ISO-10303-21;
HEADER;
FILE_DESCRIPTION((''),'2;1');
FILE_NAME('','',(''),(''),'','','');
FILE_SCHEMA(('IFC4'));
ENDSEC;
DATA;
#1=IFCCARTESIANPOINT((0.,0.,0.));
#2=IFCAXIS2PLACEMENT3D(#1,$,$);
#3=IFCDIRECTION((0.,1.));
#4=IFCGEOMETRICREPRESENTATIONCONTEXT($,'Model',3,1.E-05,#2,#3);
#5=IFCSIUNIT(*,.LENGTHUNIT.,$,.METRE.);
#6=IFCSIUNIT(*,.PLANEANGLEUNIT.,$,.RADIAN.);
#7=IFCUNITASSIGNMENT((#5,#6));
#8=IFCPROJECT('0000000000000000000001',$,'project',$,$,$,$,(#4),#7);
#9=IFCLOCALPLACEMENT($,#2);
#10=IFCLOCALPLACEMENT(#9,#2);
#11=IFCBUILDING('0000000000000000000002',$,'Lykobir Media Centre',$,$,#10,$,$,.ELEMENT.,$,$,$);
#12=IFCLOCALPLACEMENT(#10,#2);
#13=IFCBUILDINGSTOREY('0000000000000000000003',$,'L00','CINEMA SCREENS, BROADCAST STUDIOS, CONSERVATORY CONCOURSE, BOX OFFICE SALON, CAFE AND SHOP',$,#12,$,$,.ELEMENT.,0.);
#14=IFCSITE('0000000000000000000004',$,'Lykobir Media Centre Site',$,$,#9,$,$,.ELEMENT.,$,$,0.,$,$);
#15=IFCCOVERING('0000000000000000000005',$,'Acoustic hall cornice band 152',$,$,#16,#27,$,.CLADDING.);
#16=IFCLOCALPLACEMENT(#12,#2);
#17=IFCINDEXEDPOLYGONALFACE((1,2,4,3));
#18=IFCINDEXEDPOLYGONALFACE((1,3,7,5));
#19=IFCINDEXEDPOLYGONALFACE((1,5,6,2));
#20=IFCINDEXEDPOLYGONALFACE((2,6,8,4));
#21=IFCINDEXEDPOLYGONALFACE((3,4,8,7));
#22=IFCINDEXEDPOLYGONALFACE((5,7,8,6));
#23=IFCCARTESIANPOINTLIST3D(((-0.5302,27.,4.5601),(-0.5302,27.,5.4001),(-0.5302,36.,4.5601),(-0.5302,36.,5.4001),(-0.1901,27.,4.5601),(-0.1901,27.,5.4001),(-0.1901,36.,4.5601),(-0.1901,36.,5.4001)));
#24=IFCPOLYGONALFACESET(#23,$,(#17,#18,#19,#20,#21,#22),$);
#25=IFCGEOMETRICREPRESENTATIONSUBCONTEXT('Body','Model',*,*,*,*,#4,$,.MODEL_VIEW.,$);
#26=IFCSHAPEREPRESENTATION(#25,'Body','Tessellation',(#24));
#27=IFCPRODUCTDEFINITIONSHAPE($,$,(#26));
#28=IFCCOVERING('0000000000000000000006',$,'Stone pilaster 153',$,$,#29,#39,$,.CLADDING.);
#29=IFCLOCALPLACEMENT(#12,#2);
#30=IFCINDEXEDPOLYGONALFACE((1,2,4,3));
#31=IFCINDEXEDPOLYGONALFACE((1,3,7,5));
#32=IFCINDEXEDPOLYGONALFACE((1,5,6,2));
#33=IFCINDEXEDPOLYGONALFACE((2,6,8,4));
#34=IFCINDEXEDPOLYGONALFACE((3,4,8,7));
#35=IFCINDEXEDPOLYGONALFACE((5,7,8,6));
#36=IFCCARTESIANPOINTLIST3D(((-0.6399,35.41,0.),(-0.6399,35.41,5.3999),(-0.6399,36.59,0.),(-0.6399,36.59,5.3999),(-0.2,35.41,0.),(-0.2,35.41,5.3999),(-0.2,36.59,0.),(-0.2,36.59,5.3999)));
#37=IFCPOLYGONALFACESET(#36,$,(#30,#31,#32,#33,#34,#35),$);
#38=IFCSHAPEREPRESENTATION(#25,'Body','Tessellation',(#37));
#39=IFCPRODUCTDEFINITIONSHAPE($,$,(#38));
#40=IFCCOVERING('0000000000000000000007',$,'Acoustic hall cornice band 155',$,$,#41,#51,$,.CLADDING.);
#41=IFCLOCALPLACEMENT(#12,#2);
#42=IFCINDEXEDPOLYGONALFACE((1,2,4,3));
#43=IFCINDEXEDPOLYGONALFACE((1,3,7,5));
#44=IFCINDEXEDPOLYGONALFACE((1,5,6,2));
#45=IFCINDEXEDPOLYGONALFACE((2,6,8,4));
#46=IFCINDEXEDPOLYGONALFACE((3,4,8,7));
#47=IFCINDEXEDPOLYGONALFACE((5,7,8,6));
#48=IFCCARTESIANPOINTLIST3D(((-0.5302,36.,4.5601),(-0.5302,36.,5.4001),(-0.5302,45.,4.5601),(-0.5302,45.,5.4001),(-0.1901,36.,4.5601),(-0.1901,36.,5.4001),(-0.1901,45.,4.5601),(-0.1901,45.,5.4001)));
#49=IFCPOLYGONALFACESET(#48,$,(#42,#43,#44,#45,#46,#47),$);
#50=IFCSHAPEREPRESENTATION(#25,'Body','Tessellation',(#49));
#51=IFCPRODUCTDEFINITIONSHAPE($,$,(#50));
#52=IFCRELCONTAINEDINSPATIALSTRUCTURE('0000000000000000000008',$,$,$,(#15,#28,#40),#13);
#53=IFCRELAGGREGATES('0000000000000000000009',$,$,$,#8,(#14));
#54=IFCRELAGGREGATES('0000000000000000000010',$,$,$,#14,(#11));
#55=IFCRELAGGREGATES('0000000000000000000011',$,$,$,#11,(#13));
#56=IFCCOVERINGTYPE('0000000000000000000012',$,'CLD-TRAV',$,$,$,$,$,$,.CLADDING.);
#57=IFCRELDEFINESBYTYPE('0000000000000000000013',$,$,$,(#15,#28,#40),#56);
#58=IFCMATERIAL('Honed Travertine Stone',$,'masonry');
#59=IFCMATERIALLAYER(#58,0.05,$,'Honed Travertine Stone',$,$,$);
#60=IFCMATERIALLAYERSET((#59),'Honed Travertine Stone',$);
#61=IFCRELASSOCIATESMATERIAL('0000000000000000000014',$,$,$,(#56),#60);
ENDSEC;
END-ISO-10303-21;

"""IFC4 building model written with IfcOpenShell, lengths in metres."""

from ifc_helpers import new_model, si_unit, direction, frame, origin, origin_2d, place, context, subcontext, project, spatial, rectangle, extrude, material, layer, layer_set, type_object, element, save


model = new_model("IFC4")

# Units and contexts
model_context = context("Model", 3, precision=1e-05, world=origin(), true_north=direction((0.0, 1.0)))
body_context = subcontext(model_context, "Body", "Model", "MODEL_VIEW")
ifc_project = project(units=[si_unit("LENGTHUNIT", "METRE"), si_unit("PLANEANGLEUNIT", "RADIAN")], contexts=[model_context])

# Site, building, storey
site_placement = place(None, origin())
site = spatial("IfcSite", under=ifc_project, at=site_placement, Name="Lykobir Media Centre Site", CompositionType="ELEMENT", RefElevation=0.0)
building_placement = place(site_placement, origin())
building = spatial("IfcBuilding", under=site, at=building_placement, Name="Lykobir Media Centre", CompositionType="ELEMENT")
storey_placement = place(building_placement, origin())
storey = spatial("IfcBuildingStorey", under=building, at=storey_placement, Name="L00", Description="CINEMA SCREENS, BROADCAST STUDIOS, CONSERVATORY CONCOURSE, BOX OFFICE SALON, CAFE AND SHOP", CompositionType="ELEMENT", Elevation=0.0)

# Coverings
ifc_material_1 = material(Name="Honed Travertine Stone", Category="masonry")
ifc_layer_1 = layer(ifc_material_1, 0.05, Name="Honed Travertine Stone")
ifc_layer_set_1 = layer_set([ifc_layer_1], Name="Honed Travertine Stone")
covering_type = type_object("IfcCoveringType", Name="CLD-TRAV", PredefinedType="CLADDING", material=ifc_layer_set_1)
covering_1_placement = place(storey_placement, frame((-0.3601, 31.5, 4.5601), z_axis=(0.0, 0.0, 1.0), x_axis=(0.0, -1.0, 0.0)))
element("IfcCovering", 1, at=covering_1_placement, inside=storey, type_object=covering_type, Name="Acoustic hall cornice band 152", PredefinedType="CLADDING", context=body_context, shape_type="SweptSolid", body=[
    extrude(rectangle(XDim=9.0, YDim=0.3401, at=origin_2d()), origin(), (0.0, 0.0, 1.0), 0.8401),
])
covering_2_placement = place(storey_placement, frame((-0.4199, 36.0, 0.0), z_axis=(0.0, 0.0, 1.0), x_axis=(0.0, -1.0, 0.0)))
element("IfcCovering", 2, at=covering_2_placement, inside=storey, type_object=covering_type, Name="Stone pilaster 153", PredefinedType="CLADDING", context=body_context, shape_type="SweptSolid", body=[
    extrude(rectangle(XDim=1.1799, YDim=0.4399, at=origin_2d()), origin(), (0.0, 0.0, 1.0), 5.3999),
])
covering_3_placement = place(storey_placement, frame((-0.3601, 40.5, 4.5601), z_axis=(0.0, 0.0, 1.0), x_axis=(0.0, -1.0, 0.0)))
element("IfcCovering", 3, at=covering_3_placement, inside=storey, type_object=covering_type, Name="Acoustic hall cornice band 155", PredefinedType="CLADDING", context=body_context, shape_type="SweptSolid", body=[
    extrude(rectangle(XDim=9.0, YDim=0.3401, at=origin_2d()), origin(), (0.0, 0.0, 1.0), 0.8401),
])

save(model, "model.ifc")
